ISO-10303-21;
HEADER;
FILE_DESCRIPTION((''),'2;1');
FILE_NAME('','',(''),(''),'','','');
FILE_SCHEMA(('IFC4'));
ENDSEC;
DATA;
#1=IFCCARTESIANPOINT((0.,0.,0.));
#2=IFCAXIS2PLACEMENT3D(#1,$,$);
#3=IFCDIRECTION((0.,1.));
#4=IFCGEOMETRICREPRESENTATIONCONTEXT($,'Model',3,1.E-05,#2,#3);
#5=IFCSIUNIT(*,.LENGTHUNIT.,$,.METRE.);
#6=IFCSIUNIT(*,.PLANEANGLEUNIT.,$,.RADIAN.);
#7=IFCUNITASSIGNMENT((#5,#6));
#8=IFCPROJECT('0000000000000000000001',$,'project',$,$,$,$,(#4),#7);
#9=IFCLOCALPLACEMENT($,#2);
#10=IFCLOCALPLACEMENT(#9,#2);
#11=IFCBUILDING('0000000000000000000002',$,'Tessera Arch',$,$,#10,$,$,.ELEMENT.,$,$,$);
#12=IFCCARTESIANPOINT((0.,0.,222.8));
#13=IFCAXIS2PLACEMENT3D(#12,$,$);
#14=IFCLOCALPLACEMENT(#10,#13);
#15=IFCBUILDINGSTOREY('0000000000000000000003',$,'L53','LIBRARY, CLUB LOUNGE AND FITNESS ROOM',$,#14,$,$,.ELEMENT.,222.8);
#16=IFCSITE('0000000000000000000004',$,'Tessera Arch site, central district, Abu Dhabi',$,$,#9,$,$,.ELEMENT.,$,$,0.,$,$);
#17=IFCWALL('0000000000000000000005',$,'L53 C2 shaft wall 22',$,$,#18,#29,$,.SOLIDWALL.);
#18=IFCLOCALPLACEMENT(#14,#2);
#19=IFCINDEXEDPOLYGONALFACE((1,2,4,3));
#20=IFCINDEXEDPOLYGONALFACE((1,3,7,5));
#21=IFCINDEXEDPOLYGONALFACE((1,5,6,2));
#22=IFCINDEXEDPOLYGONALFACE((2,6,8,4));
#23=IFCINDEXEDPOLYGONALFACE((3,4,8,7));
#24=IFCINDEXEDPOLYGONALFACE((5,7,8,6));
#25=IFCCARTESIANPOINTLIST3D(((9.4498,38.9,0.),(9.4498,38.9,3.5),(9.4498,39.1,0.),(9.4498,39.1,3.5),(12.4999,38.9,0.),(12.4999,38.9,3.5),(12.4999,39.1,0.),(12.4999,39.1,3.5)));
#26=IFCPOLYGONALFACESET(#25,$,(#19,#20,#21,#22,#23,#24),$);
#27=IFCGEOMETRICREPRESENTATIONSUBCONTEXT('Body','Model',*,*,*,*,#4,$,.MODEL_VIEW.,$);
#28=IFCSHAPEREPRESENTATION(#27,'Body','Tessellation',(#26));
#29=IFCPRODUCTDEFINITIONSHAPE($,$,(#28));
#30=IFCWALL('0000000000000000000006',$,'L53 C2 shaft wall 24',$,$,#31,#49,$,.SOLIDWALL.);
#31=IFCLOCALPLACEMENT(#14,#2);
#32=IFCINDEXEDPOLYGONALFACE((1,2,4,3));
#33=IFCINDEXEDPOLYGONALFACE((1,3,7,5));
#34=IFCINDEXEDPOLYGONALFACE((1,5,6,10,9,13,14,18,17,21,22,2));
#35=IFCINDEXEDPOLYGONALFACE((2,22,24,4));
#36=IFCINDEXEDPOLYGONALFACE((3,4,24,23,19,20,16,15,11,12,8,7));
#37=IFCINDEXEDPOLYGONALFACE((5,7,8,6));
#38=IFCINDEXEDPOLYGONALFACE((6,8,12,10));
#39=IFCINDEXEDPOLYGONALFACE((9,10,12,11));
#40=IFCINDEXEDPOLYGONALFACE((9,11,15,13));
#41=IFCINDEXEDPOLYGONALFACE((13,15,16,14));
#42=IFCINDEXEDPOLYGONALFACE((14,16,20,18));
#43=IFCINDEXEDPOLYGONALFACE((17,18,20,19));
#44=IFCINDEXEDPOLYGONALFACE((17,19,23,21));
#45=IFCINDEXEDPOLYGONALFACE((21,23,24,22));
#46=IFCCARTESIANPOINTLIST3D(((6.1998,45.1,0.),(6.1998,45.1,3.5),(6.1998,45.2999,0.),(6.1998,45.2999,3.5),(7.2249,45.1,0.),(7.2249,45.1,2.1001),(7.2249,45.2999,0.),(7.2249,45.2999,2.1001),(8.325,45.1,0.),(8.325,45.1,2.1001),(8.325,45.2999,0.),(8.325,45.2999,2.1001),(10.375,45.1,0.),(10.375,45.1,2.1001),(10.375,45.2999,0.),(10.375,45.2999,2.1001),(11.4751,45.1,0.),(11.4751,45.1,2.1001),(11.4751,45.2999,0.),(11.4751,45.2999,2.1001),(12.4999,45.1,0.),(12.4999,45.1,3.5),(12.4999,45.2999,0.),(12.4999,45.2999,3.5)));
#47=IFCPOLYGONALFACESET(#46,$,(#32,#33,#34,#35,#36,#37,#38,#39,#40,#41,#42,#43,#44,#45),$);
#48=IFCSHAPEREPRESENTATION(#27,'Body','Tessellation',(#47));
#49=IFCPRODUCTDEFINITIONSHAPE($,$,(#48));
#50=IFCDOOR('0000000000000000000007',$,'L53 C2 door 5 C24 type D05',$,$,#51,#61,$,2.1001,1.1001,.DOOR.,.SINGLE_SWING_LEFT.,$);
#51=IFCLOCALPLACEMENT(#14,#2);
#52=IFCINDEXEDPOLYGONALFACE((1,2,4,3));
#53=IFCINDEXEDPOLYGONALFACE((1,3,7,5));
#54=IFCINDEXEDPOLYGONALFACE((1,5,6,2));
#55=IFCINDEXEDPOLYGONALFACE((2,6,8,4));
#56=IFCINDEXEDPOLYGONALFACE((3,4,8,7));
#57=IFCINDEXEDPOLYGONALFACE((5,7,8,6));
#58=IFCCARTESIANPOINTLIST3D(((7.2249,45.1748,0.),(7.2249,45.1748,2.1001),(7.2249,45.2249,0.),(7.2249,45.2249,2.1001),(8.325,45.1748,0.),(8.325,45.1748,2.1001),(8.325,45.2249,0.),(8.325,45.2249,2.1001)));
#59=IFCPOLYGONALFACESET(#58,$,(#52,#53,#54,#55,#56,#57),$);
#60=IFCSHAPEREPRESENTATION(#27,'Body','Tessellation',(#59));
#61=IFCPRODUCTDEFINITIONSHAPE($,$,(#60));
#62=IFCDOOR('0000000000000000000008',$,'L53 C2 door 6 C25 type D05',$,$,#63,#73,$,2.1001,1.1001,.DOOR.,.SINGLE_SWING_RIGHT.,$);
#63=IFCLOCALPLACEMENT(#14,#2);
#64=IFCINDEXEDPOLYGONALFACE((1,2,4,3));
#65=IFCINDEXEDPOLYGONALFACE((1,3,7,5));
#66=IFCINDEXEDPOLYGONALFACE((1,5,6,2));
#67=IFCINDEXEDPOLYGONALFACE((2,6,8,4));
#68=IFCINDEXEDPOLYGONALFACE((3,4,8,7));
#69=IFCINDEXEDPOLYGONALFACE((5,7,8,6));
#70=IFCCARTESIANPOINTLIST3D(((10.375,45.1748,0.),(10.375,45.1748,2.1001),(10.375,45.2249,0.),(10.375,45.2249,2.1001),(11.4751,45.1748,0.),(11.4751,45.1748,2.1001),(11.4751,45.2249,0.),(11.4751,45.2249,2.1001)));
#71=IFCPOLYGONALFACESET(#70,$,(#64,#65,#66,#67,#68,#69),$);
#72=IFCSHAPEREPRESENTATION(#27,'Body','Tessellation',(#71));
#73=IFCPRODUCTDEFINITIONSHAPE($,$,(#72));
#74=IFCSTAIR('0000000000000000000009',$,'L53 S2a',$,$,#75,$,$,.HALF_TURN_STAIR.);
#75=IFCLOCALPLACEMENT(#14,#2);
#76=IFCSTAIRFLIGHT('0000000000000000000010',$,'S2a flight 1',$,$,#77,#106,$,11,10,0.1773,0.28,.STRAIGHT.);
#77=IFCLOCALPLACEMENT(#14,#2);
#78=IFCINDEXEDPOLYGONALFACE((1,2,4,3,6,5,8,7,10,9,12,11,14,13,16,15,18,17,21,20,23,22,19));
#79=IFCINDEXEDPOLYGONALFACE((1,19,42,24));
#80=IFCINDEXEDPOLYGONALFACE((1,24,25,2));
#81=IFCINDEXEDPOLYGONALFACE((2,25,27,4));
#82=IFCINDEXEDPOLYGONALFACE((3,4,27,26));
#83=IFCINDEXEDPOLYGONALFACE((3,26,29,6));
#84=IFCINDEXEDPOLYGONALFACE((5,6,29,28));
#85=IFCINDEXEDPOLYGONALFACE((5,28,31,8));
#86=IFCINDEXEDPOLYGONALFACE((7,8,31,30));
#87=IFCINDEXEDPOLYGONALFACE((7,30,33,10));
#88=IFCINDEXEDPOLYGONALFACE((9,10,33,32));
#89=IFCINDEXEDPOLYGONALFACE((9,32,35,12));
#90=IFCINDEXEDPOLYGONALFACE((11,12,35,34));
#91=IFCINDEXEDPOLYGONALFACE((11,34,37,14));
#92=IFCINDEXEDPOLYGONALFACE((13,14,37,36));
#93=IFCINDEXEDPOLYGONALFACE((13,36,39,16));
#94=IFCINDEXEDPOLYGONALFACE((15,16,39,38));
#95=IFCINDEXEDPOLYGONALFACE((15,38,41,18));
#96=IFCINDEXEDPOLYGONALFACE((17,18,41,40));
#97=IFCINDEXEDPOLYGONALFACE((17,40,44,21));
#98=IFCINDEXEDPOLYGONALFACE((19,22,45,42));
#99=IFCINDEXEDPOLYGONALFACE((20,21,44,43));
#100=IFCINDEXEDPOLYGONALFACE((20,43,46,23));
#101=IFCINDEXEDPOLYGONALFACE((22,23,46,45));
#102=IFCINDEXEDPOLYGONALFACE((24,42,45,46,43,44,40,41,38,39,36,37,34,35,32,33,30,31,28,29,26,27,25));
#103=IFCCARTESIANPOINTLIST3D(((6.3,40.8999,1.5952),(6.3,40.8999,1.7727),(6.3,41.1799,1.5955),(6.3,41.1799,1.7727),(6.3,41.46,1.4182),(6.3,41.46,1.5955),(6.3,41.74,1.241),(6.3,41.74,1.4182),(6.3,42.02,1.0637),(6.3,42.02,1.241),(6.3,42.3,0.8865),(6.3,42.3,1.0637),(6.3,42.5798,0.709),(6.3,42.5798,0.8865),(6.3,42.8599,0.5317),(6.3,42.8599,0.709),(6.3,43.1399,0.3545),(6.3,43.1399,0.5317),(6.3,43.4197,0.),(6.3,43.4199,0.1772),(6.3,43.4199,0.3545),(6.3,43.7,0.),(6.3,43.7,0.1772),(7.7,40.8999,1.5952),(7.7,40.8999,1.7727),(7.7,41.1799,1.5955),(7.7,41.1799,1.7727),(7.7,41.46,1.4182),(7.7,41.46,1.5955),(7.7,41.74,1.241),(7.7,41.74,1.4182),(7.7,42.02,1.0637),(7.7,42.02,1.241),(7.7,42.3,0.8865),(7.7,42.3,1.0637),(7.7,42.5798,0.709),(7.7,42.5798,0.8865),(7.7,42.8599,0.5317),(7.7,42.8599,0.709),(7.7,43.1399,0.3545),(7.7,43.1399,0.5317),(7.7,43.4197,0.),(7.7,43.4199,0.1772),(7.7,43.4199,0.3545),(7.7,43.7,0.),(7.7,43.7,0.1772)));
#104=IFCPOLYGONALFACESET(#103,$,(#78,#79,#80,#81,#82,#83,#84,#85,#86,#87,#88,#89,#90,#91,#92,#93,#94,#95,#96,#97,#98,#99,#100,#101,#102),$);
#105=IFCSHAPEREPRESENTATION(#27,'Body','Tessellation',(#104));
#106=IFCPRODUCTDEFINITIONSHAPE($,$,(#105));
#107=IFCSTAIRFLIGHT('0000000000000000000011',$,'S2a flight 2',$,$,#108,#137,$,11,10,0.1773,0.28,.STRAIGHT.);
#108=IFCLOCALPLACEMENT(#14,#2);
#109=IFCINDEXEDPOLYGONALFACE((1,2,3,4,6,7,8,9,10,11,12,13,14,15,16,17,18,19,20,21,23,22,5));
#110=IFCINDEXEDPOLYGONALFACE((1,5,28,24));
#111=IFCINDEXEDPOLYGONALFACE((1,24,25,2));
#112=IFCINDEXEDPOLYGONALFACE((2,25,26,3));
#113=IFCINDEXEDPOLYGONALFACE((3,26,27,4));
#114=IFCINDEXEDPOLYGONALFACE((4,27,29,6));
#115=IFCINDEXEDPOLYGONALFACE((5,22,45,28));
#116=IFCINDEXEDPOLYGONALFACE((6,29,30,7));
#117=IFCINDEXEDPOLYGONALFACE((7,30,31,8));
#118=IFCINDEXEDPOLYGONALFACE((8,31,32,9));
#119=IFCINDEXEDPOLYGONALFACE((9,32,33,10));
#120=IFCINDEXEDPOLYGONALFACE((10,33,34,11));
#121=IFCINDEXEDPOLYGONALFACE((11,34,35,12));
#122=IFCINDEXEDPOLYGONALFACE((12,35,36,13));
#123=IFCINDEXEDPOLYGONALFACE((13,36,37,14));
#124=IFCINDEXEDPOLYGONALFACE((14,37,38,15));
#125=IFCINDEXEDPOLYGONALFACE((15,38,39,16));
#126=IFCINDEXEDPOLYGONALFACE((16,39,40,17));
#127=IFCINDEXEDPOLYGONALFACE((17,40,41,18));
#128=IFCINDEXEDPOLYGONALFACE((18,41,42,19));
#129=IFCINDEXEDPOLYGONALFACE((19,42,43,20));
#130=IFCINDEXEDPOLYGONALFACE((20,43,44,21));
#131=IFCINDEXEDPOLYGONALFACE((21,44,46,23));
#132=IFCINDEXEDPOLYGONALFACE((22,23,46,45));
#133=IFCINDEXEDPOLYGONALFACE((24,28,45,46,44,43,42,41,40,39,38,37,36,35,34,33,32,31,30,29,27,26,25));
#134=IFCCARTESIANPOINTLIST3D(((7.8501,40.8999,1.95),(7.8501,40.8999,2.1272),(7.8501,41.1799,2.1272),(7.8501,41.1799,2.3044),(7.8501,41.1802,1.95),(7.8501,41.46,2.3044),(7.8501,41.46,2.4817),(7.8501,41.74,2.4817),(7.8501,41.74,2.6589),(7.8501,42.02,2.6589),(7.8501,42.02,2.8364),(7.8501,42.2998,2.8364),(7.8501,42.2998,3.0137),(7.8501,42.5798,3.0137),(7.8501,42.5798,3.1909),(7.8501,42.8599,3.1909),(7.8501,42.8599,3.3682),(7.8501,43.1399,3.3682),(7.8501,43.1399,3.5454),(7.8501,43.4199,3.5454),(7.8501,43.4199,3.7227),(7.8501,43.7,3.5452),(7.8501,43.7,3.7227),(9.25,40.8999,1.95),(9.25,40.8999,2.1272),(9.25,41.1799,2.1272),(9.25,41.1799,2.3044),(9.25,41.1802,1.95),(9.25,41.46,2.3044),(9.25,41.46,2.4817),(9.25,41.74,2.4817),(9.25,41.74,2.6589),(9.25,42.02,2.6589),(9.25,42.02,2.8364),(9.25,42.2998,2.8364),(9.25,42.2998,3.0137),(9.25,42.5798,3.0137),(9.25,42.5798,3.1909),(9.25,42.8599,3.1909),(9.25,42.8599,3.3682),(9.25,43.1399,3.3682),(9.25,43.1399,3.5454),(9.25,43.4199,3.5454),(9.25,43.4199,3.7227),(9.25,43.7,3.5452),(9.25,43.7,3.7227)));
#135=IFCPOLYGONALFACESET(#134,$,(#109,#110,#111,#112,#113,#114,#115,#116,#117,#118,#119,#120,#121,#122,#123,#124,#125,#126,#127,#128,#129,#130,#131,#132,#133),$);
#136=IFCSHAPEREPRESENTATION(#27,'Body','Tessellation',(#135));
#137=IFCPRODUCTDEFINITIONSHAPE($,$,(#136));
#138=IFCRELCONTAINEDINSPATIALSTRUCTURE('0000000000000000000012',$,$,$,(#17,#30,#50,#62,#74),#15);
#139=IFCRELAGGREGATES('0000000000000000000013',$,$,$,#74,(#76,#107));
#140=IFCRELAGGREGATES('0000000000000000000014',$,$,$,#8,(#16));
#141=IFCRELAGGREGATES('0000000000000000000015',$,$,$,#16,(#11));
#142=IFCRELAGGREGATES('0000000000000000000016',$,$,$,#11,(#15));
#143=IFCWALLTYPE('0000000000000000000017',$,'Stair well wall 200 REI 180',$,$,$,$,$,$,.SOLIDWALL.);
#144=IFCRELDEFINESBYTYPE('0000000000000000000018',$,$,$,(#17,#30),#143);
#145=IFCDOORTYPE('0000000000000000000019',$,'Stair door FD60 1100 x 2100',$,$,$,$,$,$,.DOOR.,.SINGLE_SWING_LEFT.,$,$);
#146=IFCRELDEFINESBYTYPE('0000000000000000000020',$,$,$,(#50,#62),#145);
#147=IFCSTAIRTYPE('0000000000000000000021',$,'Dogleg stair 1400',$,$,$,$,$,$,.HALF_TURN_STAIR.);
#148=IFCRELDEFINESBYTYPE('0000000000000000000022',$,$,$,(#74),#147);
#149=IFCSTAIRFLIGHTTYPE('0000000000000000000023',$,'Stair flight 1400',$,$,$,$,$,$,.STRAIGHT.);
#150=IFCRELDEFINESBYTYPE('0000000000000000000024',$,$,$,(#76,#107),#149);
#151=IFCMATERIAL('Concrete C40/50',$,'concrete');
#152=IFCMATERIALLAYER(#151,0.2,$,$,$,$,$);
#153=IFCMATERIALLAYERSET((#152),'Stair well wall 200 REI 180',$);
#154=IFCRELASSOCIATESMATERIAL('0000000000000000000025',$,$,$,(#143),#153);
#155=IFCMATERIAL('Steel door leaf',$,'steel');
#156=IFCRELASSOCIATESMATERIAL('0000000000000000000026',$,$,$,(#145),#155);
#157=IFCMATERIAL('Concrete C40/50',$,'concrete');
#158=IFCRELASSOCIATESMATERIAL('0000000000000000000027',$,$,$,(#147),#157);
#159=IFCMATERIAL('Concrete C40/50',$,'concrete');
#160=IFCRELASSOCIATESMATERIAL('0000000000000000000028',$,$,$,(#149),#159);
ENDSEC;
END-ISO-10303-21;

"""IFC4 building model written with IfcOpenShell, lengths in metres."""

from ifc_helpers import new_model, si_unit, direction, frame, frame_2d, origin, place, context, subcontext, project, spatial, polyline, rectangle, outline, extrude, material, layer, layer_set, type_object, element, fill, aggregate, save


model = new_model("IFC4")

# Units and contexts
model_context = context("Model", 3, precision=1e-05, world=origin(), true_north=direction((0.0, 1.0)))
body_context = subcontext(model_context, "Body", "Model", "MODEL_VIEW")
ifc_project = project(units=[si_unit("LENGTHUNIT", "METRE"), si_unit("PLANEANGLEUNIT", "RADIAN")], contexts=[model_context])

# Site, building, storey
site_placement = place(None, origin())
site = spatial("IfcSite", under=ifc_project, at=site_placement, Name="Tessera Arch site, central district, Abu Dhabi", CompositionType="ELEMENT", RefElevation=0.0)
building_placement = place(site_placement, origin())
building = spatial("IfcBuilding", under=site, at=building_placement, Name="Tessera Arch", CompositionType="ELEMENT")
storey_placement = place(building_placement, frame((0.0, 0.0, 222.8)))
storey = spatial("IfcBuildingStorey", under=building, at=storey_placement, Name="L53", Description="LIBRARY, CLUB LOUNGE AND FITNESS ROOM", CompositionType="ELEMENT", Elevation=222.8)

# Wall
ifc_material_1 = material(Name="Concrete C40/50", Category="concrete")
ifc_layer_1 = layer(ifc_material_1, 0.2)
ifc_layer_set_1 = layer_set([ifc_layer_1], Name="Stair well wall 200 REI 180")
wall_type_1 = type_object("IfcWallType", Name="Stair well wall 200 REI 180", PredefinedType="SOLIDWALL", material=ifc_layer_set_1)
wall_1_placement = place(storey_placement, frame((9.45, 39.0, 0.0), z_axis=(0.0, 0.0, 1.0), x_axis=(1.0, 0.0, 0.0)))
element("IfcWall", 1, at=wall_1_placement, inside=storey, type_object=wall_type_1, Name="L53 C2 shaft wall 22", PredefinedType="SOLIDWALL", context=body_context, shape_type="SweptSolid", body=[
    extrude(rectangle(XDim=3.05, YDim=0.2, at=frame_2d((1.5249, 0.0))), origin(), (0.0, 0.0, 1.0), 3.5),
])

# Wall, openings, doors
wall_2_placement = place(storey_placement, frame((6.2, 45.2, 0.0), z_axis=(0.0, 0.0, 1.0), x_axis=(1.0, 0.0, 0.0)))
wall_2 = element("IfcWall", 2, at=wall_2_placement, inside=storey, type_object=wall_type_1, Name="L53 C2 shaft wall 24", PredefinedType="SOLIDWALL", context=body_context, shape_type="SweptSolid", body=[
    extrude(rectangle(XDim=6.3, YDim=0.2, at=frame_2d((3.1499, 0.0))), origin(), (0.0, 0.0, 1.0), 3.5),
])
opening_1_placement = place(wall_2_placement, frame((1.0249, 0.0, 0.0)))
opening_1 = element("IfcOpeningElement", 3, at=opening_1_placement, cuts=wall_2, PredefinedType="OPENING", context=body_context, shape_type="SweptSolid", body=[
    extrude(rectangle(XDim=1.1001, YDim=2.1001, at=frame_2d((0.55, 1.05))), frame((0.0, 0.1099, 0.0), z_axis=(0.0, -1.0, 0.0), x_axis=(1.0, 0.0, 0.0)), (0.0, 0.0, 1.0), 0.22),
])
opening_2_placement = place(wall_2_placement, frame((4.175, 0.0, 0.0)))
opening_2 = element("IfcOpeningElement", 4, at=opening_2_placement, cuts=wall_2, PredefinedType="OPENING", context=body_context, shape_type="SweptSolid", body=[
    extrude(rectangle(XDim=1.1001, YDim=2.1001, at=frame_2d((0.55, 1.05))), frame((0.0, 0.1099, 0.0), z_axis=(0.0, -1.0, 0.0), x_axis=(1.0, 0.0, 0.0)), (0.0, 0.0, 1.0), 0.22),
])
ifc_material_2 = material(Name="Steel door leaf", Category="steel")
door_type_1 = type_object("IfcDoorType", Name="Stair door FD60 1100 x 2100", OperationType="SINGLE_SWING_LEFT", PredefinedType="DOOR", material=ifc_material_2)
door_1_placement = place(opening_1_placement, origin())
door_1 = element("IfcDoor", 5, at=door_1_placement, inside=storey, type_object=door_type_1, Name="L53 C2 door 5 C24 type D05", OperationType="SINGLE_SWING_LEFT", OverallHeight=2.1001, OverallWidth=1.1001, PredefinedType="DOOR", context=body_context, shape_type="SweptSolid", body=[
    extrude(rectangle(XDim=1.1001, YDim=2.1001, at=frame_2d((0.55, 1.05))), frame((0.0, 0.0249, 0.0), z_axis=(0.0, -1.0, 0.0), x_axis=(1.0, 0.0, 0.0)), (0.0, 0.0, 1.0), 0.05),
])
fill(opening_1, door_1)
door_2_placement = place(opening_2_placement, origin())
door_2 = element("IfcDoor", 6, at=door_2_placement, inside=storey, type_object=door_type_1, Name="L53 C2 door 6 C25 type D05", OperationType="SINGLE_SWING_RIGHT", OverallHeight=2.1001, OverallWidth=1.1001, PredefinedType="DOOR", context=body_context, shape_type="SweptSolid", body=[
    extrude(rectangle(XDim=1.1001, YDim=2.1001, at=frame_2d((0.55, 1.05))), frame((0.0, 0.0249, 0.0), z_axis=(0.0, -1.0, 0.0), x_axis=(1.0, 0.0, 0.0)), (0.0, 0.0, 1.0), 0.05),
])
fill(opening_2, door_2)

# Stair, stair flights
ifc_material_3 = material(Name="Concrete C40/50", Category="concrete")
stair_type = type_object("IfcStairType", Name="Dogleg stair 1400", PredefinedType="HALF_TURN_STAIR", material=ifc_material_3)
stair_placement = place(storey_placement, origin())
stair = element("IfcStair", 7, at=stair_placement, inside=storey, type_object=stair_type, Name="L53 S2a", PredefinedType="HALF_TURN_STAIR")
ifc_material_4 = material(Name="Concrete C40/50", Category="concrete")
stair_flight_type = type_object("IfcStairFlightType", Name="Stair flight 1400", PredefinedType="STRAIGHT", material=ifc_material_4)
stair_flight_1_placement = place(storey_placement, frame((7.0, 43.7, 0.0), z_axis=(0.0, 0.0, 1.0), x_axis=(0.0, -1.0, 0.0)))
stair_flight_1 = element("IfcStairFlight", 8, at=stair_flight_1_placement, type_object=stair_flight_type, Name="S2a flight 1", NumberOfRisers=11, NumberOfTreads=10, PredefinedType="STRAIGHT", RiserHeight=0.1773, TreadLength=0.28, context=body_context, shape_type="SweptSolid", body=[
    extrude(outline(polyline([(0.0, 0.0), (0.0, 0.1772), (0.28, 0.1772), (0.28, 0.3545), (0.5601, 0.3545), (0.5601, 0.5317), (0.8401, 0.5317), (0.8401, 0.709), (1.1201, 0.709), (1.1201, 0.8865), (1.3999, 0.8865), (1.3999, 1.0637), (1.6799, 1.0637), (1.6799, 1.241), (1.96, 1.241), (1.96, 1.4182), (2.24, 1.4182), (2.24, 1.5955), (2.52, 1.5955), (2.52, 1.7727), (2.8, 1.7727), (2.8, 1.95), (2.8, 1.5952), (0.2803, 0.0), (0.0, 0.0)])), frame((0.0, 0.7, 0.0), z_axis=(0.0, -1.0, 0.0), x_axis=(1.0, 0.0, 0.0)), (0.0, 0.0, 1.0), 1.3999),
])
stair_flight_2_placement = place(storey_placement, frame((8.55, 40.8999, 1.95), z_axis=(0.0, 0.0, 1.0), x_axis=(0.0, 1.0, 0.0)))
stair_flight_2 = element("IfcStairFlight", 9, at=stair_flight_2_placement, type_object=stair_flight_type, Name="S2a flight 2", NumberOfRisers=11, NumberOfTreads=10, PredefinedType="STRAIGHT", RiserHeight=0.1773, TreadLength=0.28, context=body_context, shape_type="SweptSolid", body=[
    extrude(outline(polyline([(0.0, 0.0), (0.0, 0.1772), (0.28, 0.1772), (0.28, 0.3545), (0.5601, 0.3545), (0.5601, 0.5317), (0.8401, 0.5317), (0.8401, 0.709), (1.1201, 0.709), (1.1201, 0.8865), (1.3999, 0.8865), (1.3999, 1.0637), (1.6799, 1.0637), (1.6799, 1.241), (1.96, 1.241), (1.96, 1.4182), (2.24, 1.4182), (2.24, 1.5955), (2.52, 1.5955), (2.52, 1.7727), (2.8, 1.7727), (2.8, 1.95), (2.8, 1.5952), (0.2803, 0.0), (0.0, 0.0)])), frame((0.0, 0.7, 0.0), z_axis=(0.0, -1.0, 0.0), x_axis=(1.0, 0.0, 0.0)), (0.0, 0.0, 1.0), 1.3999),
])
aggregate(stair, [stair_flight_1, stair_flight_2])

save(model, "model.ifc")
